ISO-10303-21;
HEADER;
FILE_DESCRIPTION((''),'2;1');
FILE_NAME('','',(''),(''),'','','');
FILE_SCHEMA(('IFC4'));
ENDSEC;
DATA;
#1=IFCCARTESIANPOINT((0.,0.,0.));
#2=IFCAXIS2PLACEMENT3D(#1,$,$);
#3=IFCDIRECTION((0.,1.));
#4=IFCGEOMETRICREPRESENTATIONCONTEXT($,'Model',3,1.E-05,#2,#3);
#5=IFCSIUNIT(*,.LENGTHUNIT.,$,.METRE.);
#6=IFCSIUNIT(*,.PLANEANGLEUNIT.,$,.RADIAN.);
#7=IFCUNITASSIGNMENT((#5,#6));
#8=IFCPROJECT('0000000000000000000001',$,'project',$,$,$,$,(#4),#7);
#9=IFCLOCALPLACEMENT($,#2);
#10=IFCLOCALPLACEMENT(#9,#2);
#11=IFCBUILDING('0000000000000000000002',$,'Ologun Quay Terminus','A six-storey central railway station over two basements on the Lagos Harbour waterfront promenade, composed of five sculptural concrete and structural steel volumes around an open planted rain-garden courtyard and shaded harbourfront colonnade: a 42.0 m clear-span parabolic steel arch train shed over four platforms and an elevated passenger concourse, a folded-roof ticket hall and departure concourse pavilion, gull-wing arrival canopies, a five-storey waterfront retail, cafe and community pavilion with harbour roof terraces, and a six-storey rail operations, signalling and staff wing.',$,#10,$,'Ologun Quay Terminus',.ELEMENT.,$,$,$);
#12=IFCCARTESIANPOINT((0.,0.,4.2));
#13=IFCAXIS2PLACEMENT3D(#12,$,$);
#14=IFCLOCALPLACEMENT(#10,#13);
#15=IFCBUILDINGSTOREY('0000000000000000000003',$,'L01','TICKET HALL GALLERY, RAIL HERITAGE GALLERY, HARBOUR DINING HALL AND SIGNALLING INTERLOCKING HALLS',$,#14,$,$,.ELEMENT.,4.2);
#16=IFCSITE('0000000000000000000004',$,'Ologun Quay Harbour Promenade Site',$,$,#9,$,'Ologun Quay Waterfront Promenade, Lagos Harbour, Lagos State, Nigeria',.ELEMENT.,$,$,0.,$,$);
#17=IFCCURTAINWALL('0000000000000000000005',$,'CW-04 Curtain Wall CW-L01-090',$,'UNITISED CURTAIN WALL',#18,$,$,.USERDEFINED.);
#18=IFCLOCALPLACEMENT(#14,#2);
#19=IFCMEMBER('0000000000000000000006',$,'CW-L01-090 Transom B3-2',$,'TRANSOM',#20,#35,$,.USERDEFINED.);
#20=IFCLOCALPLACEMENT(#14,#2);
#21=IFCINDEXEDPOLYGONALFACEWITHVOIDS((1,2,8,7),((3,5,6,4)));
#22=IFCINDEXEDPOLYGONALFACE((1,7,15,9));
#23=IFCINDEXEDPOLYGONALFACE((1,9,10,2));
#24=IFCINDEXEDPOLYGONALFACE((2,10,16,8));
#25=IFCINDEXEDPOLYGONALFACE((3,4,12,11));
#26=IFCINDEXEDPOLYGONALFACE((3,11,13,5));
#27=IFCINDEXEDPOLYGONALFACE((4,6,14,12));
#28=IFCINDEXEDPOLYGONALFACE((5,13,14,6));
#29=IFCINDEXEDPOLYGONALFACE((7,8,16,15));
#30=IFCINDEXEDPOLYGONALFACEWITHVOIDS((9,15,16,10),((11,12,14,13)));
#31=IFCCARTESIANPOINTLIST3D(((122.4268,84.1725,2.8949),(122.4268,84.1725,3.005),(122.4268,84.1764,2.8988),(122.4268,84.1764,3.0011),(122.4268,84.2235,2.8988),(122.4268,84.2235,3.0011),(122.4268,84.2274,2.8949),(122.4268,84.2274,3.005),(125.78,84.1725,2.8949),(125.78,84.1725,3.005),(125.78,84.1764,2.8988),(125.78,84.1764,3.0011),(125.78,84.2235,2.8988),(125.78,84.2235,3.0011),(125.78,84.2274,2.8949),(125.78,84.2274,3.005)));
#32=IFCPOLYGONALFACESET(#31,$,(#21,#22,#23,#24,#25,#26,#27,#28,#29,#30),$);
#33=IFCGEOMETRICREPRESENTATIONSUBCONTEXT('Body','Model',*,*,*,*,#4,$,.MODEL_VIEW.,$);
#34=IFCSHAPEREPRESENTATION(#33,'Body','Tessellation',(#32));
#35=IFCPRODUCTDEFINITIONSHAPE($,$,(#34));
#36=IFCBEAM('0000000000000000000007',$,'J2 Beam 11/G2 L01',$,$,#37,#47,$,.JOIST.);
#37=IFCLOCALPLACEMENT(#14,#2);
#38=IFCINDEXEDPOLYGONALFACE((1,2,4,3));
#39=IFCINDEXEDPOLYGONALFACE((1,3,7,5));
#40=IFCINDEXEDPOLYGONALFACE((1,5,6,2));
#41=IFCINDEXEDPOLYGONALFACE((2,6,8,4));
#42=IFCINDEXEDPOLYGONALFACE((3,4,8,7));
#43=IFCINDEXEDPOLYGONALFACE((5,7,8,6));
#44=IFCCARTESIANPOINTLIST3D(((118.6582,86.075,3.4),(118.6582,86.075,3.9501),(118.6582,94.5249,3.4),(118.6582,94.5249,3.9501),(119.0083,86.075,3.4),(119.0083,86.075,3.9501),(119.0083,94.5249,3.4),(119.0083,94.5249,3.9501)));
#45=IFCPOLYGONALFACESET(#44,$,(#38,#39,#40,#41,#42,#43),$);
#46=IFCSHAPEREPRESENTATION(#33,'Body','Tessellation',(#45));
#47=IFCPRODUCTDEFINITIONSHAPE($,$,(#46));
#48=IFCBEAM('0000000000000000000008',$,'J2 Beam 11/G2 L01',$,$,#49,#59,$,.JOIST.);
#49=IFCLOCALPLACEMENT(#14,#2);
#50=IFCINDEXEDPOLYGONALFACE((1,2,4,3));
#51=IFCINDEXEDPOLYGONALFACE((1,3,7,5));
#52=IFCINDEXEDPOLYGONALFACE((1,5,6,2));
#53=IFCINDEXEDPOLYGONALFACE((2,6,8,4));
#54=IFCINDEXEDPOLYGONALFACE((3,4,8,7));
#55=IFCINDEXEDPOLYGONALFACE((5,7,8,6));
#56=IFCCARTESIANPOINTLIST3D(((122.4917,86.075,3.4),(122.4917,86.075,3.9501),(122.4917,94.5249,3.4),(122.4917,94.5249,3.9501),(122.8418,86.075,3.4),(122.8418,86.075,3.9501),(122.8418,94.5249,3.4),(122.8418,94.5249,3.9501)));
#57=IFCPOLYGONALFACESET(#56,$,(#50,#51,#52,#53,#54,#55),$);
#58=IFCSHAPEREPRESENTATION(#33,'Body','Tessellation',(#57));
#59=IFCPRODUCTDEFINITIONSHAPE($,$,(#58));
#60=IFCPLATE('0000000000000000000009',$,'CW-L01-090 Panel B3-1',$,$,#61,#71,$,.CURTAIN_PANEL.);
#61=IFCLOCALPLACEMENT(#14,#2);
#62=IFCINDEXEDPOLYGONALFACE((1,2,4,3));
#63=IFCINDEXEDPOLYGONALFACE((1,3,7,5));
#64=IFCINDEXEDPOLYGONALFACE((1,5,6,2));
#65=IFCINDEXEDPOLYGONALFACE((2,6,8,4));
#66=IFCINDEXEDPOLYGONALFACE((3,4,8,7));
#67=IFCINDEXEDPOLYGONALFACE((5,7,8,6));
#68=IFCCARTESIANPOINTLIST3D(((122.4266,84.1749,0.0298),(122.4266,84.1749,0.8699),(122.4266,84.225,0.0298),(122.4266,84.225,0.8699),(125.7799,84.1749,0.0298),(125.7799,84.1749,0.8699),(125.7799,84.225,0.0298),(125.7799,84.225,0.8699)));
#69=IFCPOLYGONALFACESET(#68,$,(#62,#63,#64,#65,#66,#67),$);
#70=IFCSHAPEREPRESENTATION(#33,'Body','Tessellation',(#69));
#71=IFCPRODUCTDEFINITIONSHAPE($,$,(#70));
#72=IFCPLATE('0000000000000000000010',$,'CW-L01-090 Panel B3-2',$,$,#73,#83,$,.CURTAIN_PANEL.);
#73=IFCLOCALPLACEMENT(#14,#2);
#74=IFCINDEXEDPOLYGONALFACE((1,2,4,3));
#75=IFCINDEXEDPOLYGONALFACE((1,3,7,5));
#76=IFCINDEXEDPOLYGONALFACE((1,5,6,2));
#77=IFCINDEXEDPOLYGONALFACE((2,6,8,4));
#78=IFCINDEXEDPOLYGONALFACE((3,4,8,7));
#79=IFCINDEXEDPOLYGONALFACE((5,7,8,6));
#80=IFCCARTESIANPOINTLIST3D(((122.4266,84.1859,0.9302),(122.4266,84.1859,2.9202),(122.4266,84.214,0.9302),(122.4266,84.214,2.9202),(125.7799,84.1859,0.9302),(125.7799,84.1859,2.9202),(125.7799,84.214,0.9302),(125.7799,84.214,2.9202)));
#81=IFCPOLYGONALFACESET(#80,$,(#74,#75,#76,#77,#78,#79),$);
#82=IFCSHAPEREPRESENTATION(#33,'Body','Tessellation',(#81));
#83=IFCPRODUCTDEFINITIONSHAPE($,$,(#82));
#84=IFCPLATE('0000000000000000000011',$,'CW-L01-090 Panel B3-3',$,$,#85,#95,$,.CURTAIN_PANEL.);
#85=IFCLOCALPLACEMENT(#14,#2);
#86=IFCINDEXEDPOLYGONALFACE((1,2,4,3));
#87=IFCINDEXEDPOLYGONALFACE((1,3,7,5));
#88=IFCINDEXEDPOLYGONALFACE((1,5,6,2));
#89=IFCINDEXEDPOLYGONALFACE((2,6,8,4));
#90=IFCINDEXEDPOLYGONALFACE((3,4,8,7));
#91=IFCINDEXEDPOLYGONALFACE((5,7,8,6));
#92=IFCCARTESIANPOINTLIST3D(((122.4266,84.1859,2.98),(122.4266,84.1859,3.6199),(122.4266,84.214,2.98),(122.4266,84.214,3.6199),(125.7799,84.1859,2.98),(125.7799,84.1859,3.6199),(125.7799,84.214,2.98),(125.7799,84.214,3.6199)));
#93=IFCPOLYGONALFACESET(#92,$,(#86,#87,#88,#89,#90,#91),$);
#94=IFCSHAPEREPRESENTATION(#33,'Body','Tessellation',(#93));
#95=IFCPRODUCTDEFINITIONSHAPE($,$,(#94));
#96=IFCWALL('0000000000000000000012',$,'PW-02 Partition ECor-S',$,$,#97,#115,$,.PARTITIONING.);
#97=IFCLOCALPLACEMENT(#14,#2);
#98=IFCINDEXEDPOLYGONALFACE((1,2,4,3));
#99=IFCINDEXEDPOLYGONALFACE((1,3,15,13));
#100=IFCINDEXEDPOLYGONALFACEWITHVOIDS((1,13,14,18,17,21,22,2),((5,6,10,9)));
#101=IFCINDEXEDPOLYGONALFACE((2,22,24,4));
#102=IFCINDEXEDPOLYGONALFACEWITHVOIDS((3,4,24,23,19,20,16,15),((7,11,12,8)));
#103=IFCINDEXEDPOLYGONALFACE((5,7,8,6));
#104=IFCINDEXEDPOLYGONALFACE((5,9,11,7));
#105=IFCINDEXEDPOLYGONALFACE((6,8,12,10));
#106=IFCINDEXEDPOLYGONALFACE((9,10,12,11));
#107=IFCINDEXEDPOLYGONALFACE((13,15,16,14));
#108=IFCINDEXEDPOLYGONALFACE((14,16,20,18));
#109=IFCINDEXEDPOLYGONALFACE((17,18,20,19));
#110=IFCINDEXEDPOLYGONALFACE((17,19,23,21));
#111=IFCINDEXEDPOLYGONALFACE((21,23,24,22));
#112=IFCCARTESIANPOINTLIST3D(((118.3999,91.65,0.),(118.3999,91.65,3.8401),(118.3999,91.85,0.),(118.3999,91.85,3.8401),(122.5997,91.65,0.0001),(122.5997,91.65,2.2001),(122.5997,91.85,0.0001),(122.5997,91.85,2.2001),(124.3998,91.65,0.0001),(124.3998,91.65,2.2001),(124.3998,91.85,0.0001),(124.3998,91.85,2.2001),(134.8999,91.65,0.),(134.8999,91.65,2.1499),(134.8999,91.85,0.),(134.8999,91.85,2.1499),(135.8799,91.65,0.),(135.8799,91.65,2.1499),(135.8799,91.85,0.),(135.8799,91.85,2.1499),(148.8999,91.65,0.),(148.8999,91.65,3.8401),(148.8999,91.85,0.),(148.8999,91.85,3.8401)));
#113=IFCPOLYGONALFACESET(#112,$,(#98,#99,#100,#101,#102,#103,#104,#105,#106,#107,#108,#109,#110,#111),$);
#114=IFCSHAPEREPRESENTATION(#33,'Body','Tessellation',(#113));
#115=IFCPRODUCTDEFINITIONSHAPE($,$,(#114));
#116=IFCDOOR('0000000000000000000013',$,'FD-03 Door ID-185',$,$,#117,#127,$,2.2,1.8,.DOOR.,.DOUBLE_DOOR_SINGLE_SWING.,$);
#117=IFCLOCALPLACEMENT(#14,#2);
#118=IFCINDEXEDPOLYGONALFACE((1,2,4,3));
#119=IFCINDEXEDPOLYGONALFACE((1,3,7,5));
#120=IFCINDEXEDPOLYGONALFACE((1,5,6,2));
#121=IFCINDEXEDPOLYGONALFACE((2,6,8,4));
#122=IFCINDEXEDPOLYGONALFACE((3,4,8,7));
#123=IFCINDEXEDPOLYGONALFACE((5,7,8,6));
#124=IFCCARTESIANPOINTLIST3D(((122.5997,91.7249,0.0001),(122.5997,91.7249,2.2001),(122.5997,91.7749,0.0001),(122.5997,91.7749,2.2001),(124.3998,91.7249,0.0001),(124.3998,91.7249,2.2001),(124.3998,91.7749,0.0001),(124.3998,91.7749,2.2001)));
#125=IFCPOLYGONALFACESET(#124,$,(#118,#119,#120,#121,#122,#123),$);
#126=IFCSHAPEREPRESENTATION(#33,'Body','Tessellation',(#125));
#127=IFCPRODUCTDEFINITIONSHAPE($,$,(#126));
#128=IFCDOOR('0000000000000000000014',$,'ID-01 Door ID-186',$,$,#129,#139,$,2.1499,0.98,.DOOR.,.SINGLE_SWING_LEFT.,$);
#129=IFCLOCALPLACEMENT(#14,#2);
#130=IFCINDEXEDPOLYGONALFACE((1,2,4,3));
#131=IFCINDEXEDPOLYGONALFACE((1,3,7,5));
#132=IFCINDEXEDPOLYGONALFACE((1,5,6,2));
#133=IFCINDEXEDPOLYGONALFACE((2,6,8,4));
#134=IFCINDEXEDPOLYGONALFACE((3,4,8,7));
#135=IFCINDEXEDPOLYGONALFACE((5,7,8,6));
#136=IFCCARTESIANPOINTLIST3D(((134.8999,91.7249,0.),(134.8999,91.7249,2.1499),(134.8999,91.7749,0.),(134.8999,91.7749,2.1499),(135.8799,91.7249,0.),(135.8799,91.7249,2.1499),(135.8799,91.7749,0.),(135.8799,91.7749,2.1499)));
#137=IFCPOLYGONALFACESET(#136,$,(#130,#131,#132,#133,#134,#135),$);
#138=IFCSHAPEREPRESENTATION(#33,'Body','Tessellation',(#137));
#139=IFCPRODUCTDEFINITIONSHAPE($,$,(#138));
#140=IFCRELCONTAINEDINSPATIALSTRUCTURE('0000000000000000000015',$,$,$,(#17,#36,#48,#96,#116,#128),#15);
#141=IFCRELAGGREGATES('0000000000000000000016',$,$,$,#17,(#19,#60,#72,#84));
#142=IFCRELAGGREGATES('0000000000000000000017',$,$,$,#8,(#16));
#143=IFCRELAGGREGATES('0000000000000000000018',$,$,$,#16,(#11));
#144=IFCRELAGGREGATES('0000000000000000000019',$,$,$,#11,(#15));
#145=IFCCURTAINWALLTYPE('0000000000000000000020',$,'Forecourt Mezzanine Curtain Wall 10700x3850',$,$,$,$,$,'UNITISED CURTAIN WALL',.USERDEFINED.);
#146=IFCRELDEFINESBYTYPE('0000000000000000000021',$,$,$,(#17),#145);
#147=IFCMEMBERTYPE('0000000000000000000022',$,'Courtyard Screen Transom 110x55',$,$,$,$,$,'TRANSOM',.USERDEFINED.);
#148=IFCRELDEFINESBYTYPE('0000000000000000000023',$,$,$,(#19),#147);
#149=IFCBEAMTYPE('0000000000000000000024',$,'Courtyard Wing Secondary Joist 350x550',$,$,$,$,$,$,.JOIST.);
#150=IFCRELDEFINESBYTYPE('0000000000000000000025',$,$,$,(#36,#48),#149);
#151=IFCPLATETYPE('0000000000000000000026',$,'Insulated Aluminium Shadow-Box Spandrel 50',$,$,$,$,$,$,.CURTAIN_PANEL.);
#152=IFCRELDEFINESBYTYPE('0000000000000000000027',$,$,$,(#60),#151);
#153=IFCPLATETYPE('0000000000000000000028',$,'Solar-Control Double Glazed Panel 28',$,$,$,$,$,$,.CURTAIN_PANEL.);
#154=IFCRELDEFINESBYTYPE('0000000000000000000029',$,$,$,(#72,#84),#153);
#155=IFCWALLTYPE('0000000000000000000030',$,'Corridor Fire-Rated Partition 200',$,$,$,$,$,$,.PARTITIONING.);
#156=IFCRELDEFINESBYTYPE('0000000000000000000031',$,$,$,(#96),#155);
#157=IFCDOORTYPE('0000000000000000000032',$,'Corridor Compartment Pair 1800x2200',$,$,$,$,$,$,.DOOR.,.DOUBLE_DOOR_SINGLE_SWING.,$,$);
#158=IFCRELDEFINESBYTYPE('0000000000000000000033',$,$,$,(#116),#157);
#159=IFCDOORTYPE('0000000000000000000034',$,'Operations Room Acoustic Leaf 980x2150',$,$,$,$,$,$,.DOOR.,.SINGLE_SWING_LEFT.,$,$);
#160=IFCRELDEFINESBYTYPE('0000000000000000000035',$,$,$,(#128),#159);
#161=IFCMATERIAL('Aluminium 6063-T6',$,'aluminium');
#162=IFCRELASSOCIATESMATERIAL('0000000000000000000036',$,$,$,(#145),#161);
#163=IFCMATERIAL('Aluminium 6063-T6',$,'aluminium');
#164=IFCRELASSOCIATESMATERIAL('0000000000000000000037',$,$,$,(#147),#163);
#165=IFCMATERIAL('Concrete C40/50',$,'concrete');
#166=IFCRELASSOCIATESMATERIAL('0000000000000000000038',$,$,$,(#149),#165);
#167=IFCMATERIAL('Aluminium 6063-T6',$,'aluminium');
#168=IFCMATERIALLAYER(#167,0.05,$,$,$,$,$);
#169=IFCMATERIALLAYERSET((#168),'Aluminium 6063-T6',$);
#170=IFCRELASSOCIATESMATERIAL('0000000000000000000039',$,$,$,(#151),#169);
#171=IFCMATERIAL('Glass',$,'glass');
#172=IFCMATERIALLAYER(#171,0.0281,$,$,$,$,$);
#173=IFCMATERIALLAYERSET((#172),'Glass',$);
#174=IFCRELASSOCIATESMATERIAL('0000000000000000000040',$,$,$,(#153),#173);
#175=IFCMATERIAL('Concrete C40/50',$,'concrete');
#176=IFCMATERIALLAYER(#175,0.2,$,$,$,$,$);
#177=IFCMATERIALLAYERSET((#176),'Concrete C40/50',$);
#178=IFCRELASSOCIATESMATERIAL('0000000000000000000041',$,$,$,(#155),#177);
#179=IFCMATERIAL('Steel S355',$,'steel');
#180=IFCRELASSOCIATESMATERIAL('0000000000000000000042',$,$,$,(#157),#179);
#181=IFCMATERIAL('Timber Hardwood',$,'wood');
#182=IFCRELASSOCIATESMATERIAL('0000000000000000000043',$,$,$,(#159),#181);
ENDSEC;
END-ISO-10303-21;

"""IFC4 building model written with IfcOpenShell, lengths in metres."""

from ifc_helpers import new_model, si_unit, direction, frame, frame_2d, origin, origin_2d, place, context, subcontext, project, spatial, rectangle, hollow_rectangle, extrude, material, layer, layer_set, material_profile, profile_set, type_object, element, fill, aggregate, save


model = new_model("IFC4")

# Units and contexts
model_context = context("Model", 3, precision=1e-05, world=origin(), true_north=direction((0.0, 1.0)))
body_context = subcontext(model_context, "Body", "Model", "MODEL_VIEW")
ifc_project = project(units=[si_unit("LENGTHUNIT", "METRE"), si_unit("PLANEANGLEUNIT", "RADIAN")], contexts=[model_context])

# Site, building, storey
site_placement = place(None, origin())
site = spatial("IfcSite", under=ifc_project, at=site_placement, Name="Ologun Quay Harbour Promenade Site", LongName="Ologun Quay Waterfront Promenade, Lagos Harbour, Lagos State, Nigeria", CompositionType="ELEMENT", RefElevation=0.0)
building_placement = place(site_placement, origin())
building = spatial("IfcBuilding", under=site, at=building_placement, Name="Ologun Quay Terminus", Description="A six-storey central railway station over two basements on the Lagos Harbour waterfront promenade, composed of five sculptural concrete and structural steel volumes around an open planted rain-garden courtyard and shaded harbourfront colonnade: a 42.0 m clear-span parabolic steel arch train shed over four platforms and an elevated passenger concourse, a folded-roof ticket hall and departure concourse pavilion, gull-wing arrival canopies, a five-storey waterfront retail, cafe and community pavilion with harbour roof terraces, and a six-storey rail operations, signalling and staff wing.", LongName="Ologun Quay Terminus", CompositionType="ELEMENT")
storey_placement = place(building_placement, frame((0.0, 0.0, 4.2)))
storey = spatial("IfcBuildingStorey", under=building, at=storey_placement, Name="L01", Description="TICKET HALL GALLERY, RAIL HERITAGE GALLERY, HARBOUR DINING HALL AND SIGNALLING INTERLOCKING HALLS", CompositionType="ELEMENT", Elevation=4.2)

# Curtain wall, member
ifc_material_1 = material(Name="Aluminium 6063-T6", Category="aluminium")
curtain_wall_type = type_object("IfcCurtainWallType", Name="Forecourt Mezzanine Curtain Wall 10700x3850", ElementType="UNITISED CURTAIN WALL", PredefinedType="USERDEFINED", material=ifc_material_1)
curtain_wall_placement = place(storey_placement, origin())
curtain_wall = element("IfcCurtainWall", 1, at=curtain_wall_placement, inside=storey, type_object=curtain_wall_type, Name="CW-04 Curtain Wall CW-L01-090", ObjectType="UNITISED CURTAIN WALL", PredefinedType="USERDEFINED")
ifc_material_2 = material(Name="Aluminium 6063-T6", Category="aluminium")
ifc_material_profile_1 = material_profile(ifc_material_2, hollow_rectangle(XDim=0.0549, YDim=0.1101, WallThickness=0.0039, at=origin_2d()), Name="ALU 110x55x4")
ifc_profile_set_1 = profile_set([ifc_material_profile_1], Name="Aluminium 6063-T6")
member_type = type_object("IfcMemberType", Name="Courtyard Screen Transom 110x55", ElementType="TRANSOM", PredefinedType="USERDEFINED", material=ifc_profile_set_1)
member_placement = place(storey_placement, frame((122.4268, 84.2, 2.95), z_axis=(1.0, 0.0, 0.0), x_axis=(0.0, 1.0, 0.0)))
member = element("IfcMember", 2, at=member_placement, type_object=member_type, Name="CW-L01-090 Transom B3-2", ObjectType="TRANSOM", PredefinedType="USERDEFINED", context=body_context, shape_type="SweptSolid", body=[
    extrude(hollow_rectangle(XDim=0.0549, YDim=0.1101, WallThickness=0.0039, at=origin_2d()), origin(), (0.0, 0.0, 1.0), 3.3533),
])

# Beams
ifc_material_3 = material(Name="Concrete C40/50", Category="concrete")
ifc_material_profile_2 = material_profile(ifc_material_3, rectangle(XDim=0.3501, YDim=0.55, at=origin_2d()), Name="RC 350x550")
ifc_profile_set_2 = profile_set([ifc_material_profile_2], Name="Concrete C40/50")
beam_type = type_object("IfcBeamType", Name="Courtyard Wing Secondary Joist 350x550", PredefinedType="JOIST", material=ifc_profile_set_2)
for number, where, z_axis, x_axis, name in (
    (3, (118.8333, 86.075, 3.675), (0.0, 1.0, 0.0), (-1.0, 0.0, 0.0), "J2 Beam 11/G2 L01"),
    (4, (122.6667, 86.075, 3.675), (0.0, 1.0, 0.0), (-1.0, 0.0, 0.0), "J2 Beam 11/G2 L01"),
):
    element("IfcBeam", number, at=place(storey_placement, frame(where, z_axis=z_axis, x_axis=x_axis)), inside=storey, type_object=beam_type, Name=name, PredefinedType="JOIST", context=body_context, shape_type="SweptSolid", body=[
        extrude(rectangle(XDim=0.3501, YDim=0.55, at=origin_2d()), origin(), (0.0, 0.0, 1.0), 8.45),
    ])

# Plates
ifc_material_4 = material(Name="Aluminium 6063-T6", Category="aluminium")
ifc_layer_1 = layer(ifc_material_4, 0.05)
ifc_layer_set_1 = layer_set([ifc_layer_1], Name="Aluminium 6063-T6")
plate_type_1 = type_object("IfcPlateType", Name="Insulated Aluminium Shadow-Box Spandrel 50", PredefinedType="CURTAIN_PANEL", material=ifc_layer_set_1)
plate_1_placement = place(storey_placement, frame((124.1033, 84.2, 0.0298), z_axis=(0.0, 0.0, 1.0), x_axis=(1.0, 0.0, 0.0)))
plate_1 = element("IfcPlate", 5, at=plate_1_placement, type_object=plate_type_1, Name="CW-L01-090 Panel B3-1", PredefinedType="CURTAIN_PANEL", context=body_context, shape_type="SweptSolid", body=[
    extrude(rectangle(XDim=3.3533, YDim=0.05, at=origin_2d()), origin(), (0.0, 0.0, 1.0), 0.8401),
])
ifc_material_5 = material(Name="Glass", Category="glass")
ifc_layer_2 = layer(ifc_material_5, 0.0281)
ifc_layer_set_2 = layer_set([ifc_layer_2], Name="Glass")
plate_type_2 = type_object("IfcPlateType", Name="Solar-Control Double Glazed Panel 28", PredefinedType="CURTAIN_PANEL", material=ifc_layer_set_2)
plate_2_placement = place(storey_placement, frame((124.1033, 84.2, 0.9302), z_axis=(0.0, 0.0, 1.0), x_axis=(1.0, 0.0, 0.0)))
plate_2 = element("IfcPlate", 6, at=plate_2_placement, type_object=plate_type_2, Name="CW-L01-090 Panel B3-2", PredefinedType="CURTAIN_PANEL", context=body_context, shape_type="SweptSolid", body=[
    extrude(rectangle(XDim=3.3533, YDim=0.0281, at=origin_2d()), origin(), (0.0, 0.0, 1.0), 1.99),
])
plate_3_placement = place(storey_placement, frame((124.1033, 84.2, 2.98), z_axis=(0.0, 0.0, 1.0), x_axis=(1.0, 0.0, 0.0)))
plate_3 = element("IfcPlate", 7, at=plate_3_placement, type_object=plate_type_2, Name="CW-L01-090 Panel B3-3", PredefinedType="CURTAIN_PANEL", context=body_context, shape_type="SweptSolid", body=[
    extrude(rectangle(XDim=3.3533, YDim=0.0281, at=origin_2d()), origin(), (0.0, 0.0, 1.0), 0.6399),
])
aggregate(curtain_wall, [member, plate_1, plate_2, plate_3])

# Wall, openings, doors
ifc_material_6 = material(Name="Concrete C40/50", Category="concrete")
ifc_layer_3 = layer(ifc_material_6, 0.2)
ifc_layer_set_3 = layer_set([ifc_layer_3], Name="Concrete C40/50")
wall_type_1 = type_object("IfcWallType", Name="Corridor Fire-Rated Partition 200", PredefinedType="PARTITIONING", material=ifc_layer_set_3)
wall_1_placement = place(storey_placement, frame((118.3999, 91.75, 0.0), z_axis=(0.0, 0.0, 1.0), x_axis=(1.0, 0.0, 0.0)))
wall_1 = element("IfcWall", 8, at=wall_1_placement, inside=storey, type_object=wall_type_1, Name="PW-02 Partition ECor-S", PredefinedType="PARTITIONING", context=body_context, shape_type="SweptSolid", body=[
    extrude(rectangle(XDim=30.5, YDim=0.2, at=frame_2d((15.25, 0.0))), origin(), (0.0, 0.0, 1.0), 3.8401),
])
opening_1_placement = place(wall_1_placement, frame((4.2, 0.0, 0.0)))
opening_1 = element("IfcOpeningElement", 9, at=opening_1_placement, cuts=wall_1, PredefinedType="OPENING", context=body_context, shape_type="SweptSolid", body=[
    extrude(rectangle(XDim=1.8, YDim=2.2, at=frame_2d((0.8999, 1.1001))), frame((0.0, 0.1099, 0.0), z_axis=(0.0, -1.0, 0.0), x_axis=(1.0, 0.0, 0.0)), (0.0, 0.0, 1.0), 0.22),
])
opening_2_placement = place(wall_1_placement, frame((16.5, 0.0, 0.0)))
opening_2 = element("IfcOpeningElement", 10, at=opening_2_placement, cuts=wall_1, PredefinedType="OPENING", context=body_context, shape_type="SweptSolid", body=[
    extrude(rectangle(XDim=0.98, YDim=2.1499, at=frame_2d((0.49, 1.075))), frame((0.0, 0.1099, 0.0), z_axis=(0.0, -1.0, 0.0), x_axis=(1.0, 0.0, 0.0)), (0.0, 0.0, 1.0), 0.22),
])
ifc_material_7 = material(Name="Steel S355", Category="steel")
door_type_1 = type_object("IfcDoorType", Name="Corridor Compartment Pair 1800x2200", OperationType="DOUBLE_DOOR_SINGLE_SWING", PredefinedType="DOOR", material=ifc_material_7)
door_1_placement = place(opening_1_placement, origin())
door_1 = element("IfcDoor", 11, at=door_1_placement, inside=storey, type_object=door_type_1, Name="FD-03 Door ID-185", OperationType="DOUBLE_DOOR_SINGLE_SWING", OverallHeight=2.2, OverallWidth=1.8, PredefinedType="DOOR", context=body_context, shape_type="SweptSolid", body=[
    extrude(rectangle(XDim=1.8, YDim=2.2, at=frame_2d((0.8999, 1.1001))), frame((0.0, 0.0249, 0.0), z_axis=(0.0, -1.0, 0.0), x_axis=(1.0, 0.0, 0.0)), (0.0, 0.0, 1.0), 0.05),
])
fill(opening_1, door_1)
ifc_material_8 = material(Name="Timber Hardwood", Category="wood")
door_type_2 = type_object("IfcDoorType", Name="Operations Room Acoustic Leaf 980x2150", OperationType="SINGLE_SWING_LEFT", PredefinedType="DOOR", material=ifc_material_8)
door_2_placement = place(opening_2_placement, origin())
door_2 = element("IfcDoor", 12, at=door_2_placement, inside=storey, type_object=door_type_2, Name="ID-01 Door ID-186", OperationType="SINGLE_SWING_LEFT", OverallHeight=2.1499, OverallWidth=0.98, PredefinedType="DOOR", context=body_context, shape_type="SweptSolid", body=[
    extrude(rectangle(XDim=0.98, YDim=2.1499, at=frame_2d((0.49, 1.075))), frame((0.0, 0.0249, 0.0), z_axis=(0.0, -1.0, 0.0), x_axis=(1.0, 0.0, 0.0)), (0.0, 0.0, 1.0), 0.05),
])
fill(opening_2, door_2)

save(model, "model.ifc")
